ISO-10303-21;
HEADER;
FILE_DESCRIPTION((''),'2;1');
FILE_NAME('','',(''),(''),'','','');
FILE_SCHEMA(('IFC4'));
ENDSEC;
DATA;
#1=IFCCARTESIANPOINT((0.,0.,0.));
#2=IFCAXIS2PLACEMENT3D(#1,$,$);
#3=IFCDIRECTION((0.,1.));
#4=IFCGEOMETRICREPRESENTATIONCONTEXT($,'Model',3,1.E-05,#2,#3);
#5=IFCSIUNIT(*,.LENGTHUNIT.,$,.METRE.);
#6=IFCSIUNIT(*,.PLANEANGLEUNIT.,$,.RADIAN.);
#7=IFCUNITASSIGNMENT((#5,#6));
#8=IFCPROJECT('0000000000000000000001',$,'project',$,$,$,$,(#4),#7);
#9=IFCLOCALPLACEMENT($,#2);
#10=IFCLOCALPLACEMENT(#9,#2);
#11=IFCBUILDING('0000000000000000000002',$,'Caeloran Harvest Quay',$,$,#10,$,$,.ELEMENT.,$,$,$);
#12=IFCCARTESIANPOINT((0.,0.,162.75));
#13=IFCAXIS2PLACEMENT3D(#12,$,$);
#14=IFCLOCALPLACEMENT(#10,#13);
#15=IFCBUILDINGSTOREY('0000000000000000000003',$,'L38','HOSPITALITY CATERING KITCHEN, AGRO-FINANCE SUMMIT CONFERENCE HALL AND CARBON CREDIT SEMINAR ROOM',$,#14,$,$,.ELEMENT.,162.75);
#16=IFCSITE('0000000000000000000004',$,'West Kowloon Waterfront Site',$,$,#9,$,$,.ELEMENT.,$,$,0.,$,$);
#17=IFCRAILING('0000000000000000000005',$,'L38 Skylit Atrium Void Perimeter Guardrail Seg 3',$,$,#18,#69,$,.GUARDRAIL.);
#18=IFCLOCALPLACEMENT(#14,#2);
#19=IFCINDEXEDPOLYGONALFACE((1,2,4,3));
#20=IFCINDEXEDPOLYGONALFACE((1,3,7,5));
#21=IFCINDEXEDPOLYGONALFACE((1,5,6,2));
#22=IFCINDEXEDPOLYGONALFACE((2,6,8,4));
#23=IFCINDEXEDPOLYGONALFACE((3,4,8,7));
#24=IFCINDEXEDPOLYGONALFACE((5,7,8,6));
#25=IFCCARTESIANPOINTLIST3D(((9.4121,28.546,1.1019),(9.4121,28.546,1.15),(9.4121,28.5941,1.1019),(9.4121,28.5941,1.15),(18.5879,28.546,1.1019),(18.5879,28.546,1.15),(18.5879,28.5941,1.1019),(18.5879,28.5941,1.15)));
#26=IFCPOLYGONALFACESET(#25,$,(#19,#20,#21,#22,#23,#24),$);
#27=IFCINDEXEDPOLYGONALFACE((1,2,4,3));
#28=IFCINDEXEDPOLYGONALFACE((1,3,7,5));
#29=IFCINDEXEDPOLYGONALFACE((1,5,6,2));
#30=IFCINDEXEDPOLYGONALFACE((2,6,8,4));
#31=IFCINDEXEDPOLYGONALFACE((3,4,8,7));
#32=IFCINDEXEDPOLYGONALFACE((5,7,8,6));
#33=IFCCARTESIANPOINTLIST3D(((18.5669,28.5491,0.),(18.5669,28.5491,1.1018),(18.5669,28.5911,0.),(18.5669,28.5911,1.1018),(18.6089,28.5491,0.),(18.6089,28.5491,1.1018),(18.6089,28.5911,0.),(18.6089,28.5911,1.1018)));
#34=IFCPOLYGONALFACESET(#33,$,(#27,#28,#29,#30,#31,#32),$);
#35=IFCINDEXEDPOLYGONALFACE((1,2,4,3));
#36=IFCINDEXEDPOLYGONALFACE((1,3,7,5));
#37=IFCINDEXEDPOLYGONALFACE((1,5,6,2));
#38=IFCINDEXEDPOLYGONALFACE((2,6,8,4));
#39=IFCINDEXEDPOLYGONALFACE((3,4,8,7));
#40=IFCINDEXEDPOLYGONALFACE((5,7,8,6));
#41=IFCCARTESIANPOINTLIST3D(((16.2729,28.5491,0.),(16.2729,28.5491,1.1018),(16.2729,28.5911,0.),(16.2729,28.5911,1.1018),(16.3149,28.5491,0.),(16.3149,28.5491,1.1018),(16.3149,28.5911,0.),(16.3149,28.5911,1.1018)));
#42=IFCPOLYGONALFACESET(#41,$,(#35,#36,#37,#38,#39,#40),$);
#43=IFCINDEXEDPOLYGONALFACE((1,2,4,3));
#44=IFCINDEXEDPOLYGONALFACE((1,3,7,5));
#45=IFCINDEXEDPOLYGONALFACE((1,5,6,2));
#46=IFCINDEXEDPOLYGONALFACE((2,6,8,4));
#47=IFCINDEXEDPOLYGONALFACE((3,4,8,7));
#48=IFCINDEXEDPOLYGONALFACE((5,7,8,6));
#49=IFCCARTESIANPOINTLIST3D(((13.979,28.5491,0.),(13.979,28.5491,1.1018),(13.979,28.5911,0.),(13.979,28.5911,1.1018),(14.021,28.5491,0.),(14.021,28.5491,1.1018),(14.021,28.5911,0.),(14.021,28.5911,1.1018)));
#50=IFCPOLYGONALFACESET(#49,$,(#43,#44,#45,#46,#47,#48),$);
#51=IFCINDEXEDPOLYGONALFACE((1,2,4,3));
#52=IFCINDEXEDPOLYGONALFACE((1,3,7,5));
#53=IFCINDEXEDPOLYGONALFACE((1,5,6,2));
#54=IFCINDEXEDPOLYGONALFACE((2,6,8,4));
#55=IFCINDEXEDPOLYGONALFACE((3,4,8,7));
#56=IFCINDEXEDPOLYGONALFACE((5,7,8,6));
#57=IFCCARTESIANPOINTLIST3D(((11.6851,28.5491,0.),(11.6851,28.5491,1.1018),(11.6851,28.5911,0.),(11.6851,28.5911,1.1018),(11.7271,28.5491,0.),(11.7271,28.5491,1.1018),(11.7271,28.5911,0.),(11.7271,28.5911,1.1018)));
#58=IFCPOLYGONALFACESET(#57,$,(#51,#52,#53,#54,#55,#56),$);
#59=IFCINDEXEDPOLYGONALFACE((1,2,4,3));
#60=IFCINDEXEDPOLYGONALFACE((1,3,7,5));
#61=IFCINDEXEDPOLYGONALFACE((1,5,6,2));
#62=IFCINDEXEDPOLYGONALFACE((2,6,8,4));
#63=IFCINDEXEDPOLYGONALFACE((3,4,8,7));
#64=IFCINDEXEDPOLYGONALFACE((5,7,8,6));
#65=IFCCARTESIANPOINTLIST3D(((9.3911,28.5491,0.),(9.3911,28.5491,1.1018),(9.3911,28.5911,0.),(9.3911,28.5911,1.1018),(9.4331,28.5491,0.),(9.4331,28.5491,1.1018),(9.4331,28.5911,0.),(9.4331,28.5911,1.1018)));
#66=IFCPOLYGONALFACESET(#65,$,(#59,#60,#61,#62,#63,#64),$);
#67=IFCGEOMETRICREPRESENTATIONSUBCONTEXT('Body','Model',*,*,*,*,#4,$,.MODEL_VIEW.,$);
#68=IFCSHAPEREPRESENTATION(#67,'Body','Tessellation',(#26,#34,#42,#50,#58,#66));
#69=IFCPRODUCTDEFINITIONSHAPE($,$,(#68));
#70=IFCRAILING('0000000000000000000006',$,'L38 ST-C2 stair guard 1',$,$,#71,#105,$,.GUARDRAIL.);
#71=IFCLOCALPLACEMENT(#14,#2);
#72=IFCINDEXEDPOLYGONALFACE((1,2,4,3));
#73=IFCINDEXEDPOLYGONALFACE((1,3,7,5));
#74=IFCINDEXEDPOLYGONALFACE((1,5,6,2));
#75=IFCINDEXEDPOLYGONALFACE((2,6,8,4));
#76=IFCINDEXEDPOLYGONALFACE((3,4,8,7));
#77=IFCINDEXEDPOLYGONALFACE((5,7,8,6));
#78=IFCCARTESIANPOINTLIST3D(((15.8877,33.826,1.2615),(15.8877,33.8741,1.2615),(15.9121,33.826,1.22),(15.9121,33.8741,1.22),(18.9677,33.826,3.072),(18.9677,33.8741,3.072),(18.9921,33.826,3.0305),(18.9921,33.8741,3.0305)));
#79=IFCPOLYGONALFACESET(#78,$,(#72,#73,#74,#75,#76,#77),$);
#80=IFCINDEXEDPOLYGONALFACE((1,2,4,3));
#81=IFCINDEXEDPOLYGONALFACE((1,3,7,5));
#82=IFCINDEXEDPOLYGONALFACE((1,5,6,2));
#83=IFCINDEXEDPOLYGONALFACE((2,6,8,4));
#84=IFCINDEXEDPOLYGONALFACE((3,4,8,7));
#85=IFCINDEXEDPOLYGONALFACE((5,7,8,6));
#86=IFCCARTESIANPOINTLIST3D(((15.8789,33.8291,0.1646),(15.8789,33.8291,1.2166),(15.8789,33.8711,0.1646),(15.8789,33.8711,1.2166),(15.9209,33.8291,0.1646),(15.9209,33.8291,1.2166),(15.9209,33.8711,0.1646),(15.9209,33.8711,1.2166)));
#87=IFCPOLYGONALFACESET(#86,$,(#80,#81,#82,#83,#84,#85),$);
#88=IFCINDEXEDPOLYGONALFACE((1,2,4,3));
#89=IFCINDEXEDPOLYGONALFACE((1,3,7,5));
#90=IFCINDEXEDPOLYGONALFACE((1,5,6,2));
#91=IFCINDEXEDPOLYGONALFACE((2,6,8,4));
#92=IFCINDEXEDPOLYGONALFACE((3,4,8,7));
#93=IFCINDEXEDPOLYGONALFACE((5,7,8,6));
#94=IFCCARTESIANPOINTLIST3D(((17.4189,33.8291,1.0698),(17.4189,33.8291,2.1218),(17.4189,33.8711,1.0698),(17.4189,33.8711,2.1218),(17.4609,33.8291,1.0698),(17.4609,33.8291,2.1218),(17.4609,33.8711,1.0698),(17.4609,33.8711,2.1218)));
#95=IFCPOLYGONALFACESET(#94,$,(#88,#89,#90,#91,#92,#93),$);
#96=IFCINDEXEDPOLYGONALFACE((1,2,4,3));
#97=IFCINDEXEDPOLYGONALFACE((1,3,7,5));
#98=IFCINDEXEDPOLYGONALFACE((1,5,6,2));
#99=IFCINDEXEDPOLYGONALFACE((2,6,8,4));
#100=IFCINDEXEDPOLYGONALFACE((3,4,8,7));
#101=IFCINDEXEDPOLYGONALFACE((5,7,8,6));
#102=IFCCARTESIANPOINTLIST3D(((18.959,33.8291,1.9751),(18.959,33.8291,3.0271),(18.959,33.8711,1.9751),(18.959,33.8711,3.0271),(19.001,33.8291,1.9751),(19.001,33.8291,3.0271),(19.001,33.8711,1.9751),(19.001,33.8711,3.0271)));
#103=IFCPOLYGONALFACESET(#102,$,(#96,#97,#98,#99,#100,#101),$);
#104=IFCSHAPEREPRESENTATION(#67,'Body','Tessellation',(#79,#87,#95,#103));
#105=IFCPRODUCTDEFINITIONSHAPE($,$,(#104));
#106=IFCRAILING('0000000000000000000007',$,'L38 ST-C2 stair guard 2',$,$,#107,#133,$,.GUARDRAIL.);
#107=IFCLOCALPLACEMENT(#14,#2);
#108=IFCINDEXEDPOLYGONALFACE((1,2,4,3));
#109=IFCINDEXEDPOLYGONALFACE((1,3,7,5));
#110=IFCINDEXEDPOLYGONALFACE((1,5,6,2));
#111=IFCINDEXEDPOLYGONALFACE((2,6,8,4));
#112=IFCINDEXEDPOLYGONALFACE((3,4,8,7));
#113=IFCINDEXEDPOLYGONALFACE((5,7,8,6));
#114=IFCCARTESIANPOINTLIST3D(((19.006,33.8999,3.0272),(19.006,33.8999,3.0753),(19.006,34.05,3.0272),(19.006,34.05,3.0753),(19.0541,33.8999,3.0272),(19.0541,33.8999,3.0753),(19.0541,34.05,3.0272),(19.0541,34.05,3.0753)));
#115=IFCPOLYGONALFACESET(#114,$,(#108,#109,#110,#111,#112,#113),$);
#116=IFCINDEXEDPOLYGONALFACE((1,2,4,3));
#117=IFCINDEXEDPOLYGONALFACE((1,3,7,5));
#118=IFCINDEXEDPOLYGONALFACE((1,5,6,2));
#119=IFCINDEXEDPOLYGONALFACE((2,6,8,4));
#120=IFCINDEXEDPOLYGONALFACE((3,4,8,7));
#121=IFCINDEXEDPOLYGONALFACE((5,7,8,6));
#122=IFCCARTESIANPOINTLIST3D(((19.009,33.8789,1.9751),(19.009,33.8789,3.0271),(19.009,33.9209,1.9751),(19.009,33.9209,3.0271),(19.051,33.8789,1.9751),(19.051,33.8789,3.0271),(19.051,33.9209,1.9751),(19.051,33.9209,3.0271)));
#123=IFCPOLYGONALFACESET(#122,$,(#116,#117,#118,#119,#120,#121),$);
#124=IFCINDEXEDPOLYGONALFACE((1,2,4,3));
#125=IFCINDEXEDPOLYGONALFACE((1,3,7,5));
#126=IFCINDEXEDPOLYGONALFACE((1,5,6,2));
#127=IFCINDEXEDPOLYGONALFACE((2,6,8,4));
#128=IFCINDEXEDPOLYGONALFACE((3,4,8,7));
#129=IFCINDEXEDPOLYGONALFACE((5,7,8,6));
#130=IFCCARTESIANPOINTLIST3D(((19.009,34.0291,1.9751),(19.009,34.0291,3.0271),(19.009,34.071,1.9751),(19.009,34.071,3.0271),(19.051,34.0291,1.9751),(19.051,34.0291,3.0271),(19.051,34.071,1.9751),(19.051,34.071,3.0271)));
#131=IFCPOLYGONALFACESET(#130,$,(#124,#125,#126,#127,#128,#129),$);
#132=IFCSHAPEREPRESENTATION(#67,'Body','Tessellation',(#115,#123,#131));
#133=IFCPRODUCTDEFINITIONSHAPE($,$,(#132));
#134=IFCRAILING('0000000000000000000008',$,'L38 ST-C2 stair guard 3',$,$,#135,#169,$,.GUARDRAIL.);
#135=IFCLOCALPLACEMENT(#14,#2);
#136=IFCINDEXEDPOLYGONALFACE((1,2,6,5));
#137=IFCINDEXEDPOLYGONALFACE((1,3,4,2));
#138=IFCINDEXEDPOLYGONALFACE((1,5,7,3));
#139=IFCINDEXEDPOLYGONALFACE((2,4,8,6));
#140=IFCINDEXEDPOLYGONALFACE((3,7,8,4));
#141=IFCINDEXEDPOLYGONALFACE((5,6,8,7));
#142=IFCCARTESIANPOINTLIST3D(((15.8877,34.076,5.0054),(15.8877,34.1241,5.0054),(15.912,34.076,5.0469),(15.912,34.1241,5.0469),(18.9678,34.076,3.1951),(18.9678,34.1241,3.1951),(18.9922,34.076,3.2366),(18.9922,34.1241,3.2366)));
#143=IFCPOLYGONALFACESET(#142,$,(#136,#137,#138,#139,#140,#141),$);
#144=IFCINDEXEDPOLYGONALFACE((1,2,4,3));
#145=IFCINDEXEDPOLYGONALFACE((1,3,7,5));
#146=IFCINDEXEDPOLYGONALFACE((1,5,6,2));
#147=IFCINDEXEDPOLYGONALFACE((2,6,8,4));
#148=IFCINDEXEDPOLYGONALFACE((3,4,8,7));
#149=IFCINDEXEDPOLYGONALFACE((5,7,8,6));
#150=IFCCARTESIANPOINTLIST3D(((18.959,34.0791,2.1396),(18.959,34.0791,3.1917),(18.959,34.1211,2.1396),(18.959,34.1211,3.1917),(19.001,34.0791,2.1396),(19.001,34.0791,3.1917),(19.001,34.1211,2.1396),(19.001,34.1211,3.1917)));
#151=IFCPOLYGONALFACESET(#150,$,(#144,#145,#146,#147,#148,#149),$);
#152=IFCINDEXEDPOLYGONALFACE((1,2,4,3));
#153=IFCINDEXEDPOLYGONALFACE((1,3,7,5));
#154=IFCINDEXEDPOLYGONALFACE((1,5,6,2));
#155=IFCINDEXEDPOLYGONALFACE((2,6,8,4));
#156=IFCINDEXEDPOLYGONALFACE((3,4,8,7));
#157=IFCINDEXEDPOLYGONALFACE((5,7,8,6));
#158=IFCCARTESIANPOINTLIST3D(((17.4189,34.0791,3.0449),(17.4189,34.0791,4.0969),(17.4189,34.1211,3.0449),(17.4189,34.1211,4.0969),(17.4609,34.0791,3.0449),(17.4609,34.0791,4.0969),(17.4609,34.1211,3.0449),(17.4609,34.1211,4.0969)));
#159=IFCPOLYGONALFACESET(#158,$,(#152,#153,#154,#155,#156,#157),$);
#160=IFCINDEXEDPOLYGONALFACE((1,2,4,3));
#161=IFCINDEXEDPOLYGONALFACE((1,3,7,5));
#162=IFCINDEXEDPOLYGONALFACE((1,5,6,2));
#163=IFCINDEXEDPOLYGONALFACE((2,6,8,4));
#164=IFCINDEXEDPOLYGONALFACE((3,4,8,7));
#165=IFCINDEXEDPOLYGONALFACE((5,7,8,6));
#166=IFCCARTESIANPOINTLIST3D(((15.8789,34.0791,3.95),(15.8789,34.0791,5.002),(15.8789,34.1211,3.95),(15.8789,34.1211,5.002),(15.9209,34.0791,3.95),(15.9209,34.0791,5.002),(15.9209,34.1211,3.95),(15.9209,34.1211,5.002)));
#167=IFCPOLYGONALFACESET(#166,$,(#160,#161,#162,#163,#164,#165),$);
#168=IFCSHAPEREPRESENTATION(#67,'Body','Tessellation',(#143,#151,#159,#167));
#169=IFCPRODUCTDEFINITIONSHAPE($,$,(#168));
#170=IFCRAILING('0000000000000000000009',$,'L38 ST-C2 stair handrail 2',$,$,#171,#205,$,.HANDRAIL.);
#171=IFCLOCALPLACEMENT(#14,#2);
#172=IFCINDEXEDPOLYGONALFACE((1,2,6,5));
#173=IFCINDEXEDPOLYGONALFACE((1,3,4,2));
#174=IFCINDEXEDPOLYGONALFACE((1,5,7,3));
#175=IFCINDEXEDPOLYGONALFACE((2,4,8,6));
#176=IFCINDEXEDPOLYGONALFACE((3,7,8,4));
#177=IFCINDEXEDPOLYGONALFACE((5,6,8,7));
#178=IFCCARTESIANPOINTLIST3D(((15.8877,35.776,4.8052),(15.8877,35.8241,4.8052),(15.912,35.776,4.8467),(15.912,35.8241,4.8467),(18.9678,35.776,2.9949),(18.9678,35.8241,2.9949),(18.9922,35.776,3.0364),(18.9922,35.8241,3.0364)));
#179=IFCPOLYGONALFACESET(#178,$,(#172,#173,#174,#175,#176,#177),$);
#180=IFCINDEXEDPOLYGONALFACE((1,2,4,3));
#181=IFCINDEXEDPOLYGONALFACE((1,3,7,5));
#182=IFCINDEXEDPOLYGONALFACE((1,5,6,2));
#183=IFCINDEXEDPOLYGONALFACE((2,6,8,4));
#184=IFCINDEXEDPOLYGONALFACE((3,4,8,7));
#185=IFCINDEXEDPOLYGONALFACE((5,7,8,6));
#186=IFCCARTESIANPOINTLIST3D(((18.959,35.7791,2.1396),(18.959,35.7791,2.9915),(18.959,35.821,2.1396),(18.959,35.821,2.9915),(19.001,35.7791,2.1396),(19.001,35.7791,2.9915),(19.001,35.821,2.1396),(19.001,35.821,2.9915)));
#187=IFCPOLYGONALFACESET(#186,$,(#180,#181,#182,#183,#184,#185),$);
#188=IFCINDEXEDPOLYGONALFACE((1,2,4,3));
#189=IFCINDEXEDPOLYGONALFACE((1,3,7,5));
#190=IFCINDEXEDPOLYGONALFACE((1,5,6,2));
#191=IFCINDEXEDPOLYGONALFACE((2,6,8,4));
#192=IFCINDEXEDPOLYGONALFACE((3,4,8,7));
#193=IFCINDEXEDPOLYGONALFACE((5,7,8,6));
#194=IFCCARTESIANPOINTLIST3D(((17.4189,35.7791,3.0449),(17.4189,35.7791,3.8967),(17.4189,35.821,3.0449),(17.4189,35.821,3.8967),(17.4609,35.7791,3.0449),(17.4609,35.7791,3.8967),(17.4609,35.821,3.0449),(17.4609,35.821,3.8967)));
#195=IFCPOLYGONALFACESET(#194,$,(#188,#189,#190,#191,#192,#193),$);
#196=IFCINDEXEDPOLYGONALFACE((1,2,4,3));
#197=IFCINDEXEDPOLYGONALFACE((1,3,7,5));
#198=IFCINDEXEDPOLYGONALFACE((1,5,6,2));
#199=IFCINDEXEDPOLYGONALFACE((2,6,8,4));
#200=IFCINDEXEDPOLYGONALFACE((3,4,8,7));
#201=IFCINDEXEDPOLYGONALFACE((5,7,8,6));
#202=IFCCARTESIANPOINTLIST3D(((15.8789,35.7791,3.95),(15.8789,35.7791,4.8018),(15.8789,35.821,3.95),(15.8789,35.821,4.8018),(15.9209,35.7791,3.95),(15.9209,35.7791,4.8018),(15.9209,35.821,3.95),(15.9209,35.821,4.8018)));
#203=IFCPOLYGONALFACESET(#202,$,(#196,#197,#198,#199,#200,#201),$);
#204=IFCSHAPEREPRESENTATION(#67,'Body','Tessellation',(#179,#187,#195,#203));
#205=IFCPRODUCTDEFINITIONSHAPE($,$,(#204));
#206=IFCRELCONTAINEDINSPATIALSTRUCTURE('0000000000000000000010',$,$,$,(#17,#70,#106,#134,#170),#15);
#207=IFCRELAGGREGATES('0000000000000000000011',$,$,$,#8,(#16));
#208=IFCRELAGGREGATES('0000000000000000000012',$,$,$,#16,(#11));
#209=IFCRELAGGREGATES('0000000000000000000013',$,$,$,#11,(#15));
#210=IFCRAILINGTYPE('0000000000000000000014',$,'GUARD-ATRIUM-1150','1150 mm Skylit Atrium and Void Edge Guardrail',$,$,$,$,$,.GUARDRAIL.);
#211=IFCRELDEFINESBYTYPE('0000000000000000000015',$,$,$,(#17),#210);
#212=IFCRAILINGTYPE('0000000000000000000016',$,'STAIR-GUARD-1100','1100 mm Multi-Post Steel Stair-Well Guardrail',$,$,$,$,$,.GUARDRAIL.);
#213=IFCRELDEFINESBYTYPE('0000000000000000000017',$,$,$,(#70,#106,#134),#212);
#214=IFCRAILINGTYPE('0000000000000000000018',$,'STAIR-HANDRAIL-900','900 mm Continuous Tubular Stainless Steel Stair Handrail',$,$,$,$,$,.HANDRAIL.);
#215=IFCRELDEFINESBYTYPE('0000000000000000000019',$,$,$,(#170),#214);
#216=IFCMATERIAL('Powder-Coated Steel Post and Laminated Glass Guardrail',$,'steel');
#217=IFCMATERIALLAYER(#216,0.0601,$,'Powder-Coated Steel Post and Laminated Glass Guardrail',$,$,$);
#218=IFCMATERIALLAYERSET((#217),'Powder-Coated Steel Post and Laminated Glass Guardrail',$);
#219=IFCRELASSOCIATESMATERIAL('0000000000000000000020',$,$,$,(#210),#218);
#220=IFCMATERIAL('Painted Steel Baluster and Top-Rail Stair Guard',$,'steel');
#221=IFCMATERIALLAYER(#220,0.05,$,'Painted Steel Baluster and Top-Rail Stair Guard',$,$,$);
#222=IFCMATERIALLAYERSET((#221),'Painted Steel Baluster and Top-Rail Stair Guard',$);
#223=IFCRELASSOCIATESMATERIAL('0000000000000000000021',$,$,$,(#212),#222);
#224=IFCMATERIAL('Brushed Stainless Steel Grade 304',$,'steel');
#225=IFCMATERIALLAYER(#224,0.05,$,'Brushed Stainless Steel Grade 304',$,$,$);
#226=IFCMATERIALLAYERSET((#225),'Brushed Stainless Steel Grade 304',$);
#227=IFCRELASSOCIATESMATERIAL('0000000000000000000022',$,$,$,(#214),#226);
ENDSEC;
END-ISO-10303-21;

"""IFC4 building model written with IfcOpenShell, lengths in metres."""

from ifc_helpers import new_model, si_unit, direction, frame, origin, origin_2d, place, context, subcontext, project, spatial, rectangle, extrude, material, layer, layer_set, type_object, element, save


model = new_model("IFC4")

# Units and contexts
model_context = context("Model", 3, precision=1e-05, world=origin(), true_north=direction((0.0, 1.0)))
body_context = subcontext(model_context, "Body", "Model", "MODEL_VIEW")
ifc_project = project(units=[si_unit("LENGTHUNIT", "METRE"), si_unit("PLANEANGLEUNIT", "RADIAN")], contexts=[model_context])

# Site, building, storey
site_placement = place(None, origin())
site = spatial("IfcSite", under=ifc_project, at=site_placement, Name="West Kowloon Waterfront Site", CompositionType="ELEMENT", RefElevation=0.0)
building_placement = place(site_placement, origin())
building = spatial("IfcBuilding", under=site, at=building_placement, Name="Caeloran Harvest Quay", CompositionType="ELEMENT")
storey_placement = place(building_placement, frame((0.0, 0.0, 162.75)))
storey = spatial("IfcBuildingStorey", under=building, at=storey_placement, Name="L38", Description="HOSPITALITY CATERING KITCHEN, AGRO-FINANCE SUMMIT CONFERENCE HALL AND CARBON CREDIT SEMINAR ROOM", CompositionType="ELEMENT", Elevation=162.75)

# Railings
ifc_material_1 = material(Name="Powder-Coated Steel Post and Laminated Glass Guardrail", Category="steel")
ifc_layer_1 = layer(ifc_material_1, 0.0601, Name="Powder-Coated Steel Post and Laminated Glass Guardrail")
ifc_layer_set_1 = layer_set([ifc_layer_1], Name="Powder-Coated Steel Post and Laminated Glass Guardrail")
railing_type_1 = type_object("IfcRailingType", Name="GUARD-ATRIUM-1150", Description="1150 mm Skylit Atrium and Void Edge Guardrail", PredefinedType="GUARDRAIL", material=ifc_layer_set_1)
railing_1_placement = place(storey_placement, frame((18.5879, 28.5701, 0.0)))
element("IfcRailing", 1, at=railing_1_placement, inside=storey, type_object=railing_type_1, Name="L38 Skylit Atrium Void Perimeter Guardrail Seg 3", PredefinedType="GUARDRAIL", context=body_context, shape_type="SweptSolid", body=[
    extrude(rectangle(XDim=0.0481, YDim=0.0481, at=origin_2d()), frame((0.0, 0.0, 1.126), z_axis=(-1.0, 0.0, 0.0), x_axis=(0.0, -1.0, 0.0)), (0.0, 0.0, 1.0), 9.1758),
    extrude(rectangle(XDim=0.042, YDim=0.042, at=origin_2d()), origin(), (0.0, 0.0, 1.0), 1.1018),
    extrude(rectangle(XDim=0.042, YDim=0.042, at=origin_2d()), frame((-2.2939, 0.0, 0.0)), (0.0, 0.0, 1.0), 1.1018),
    extrude(rectangle(XDim=0.042, YDim=0.042, at=origin_2d()), frame((-4.5879, 0.0, 0.0)), (0.0, 0.0, 1.0), 1.1018),
    extrude(rectangle(XDim=0.042, YDim=0.042, at=origin_2d()), frame((-6.8818, 0.0, 0.0)), (0.0, 0.0, 1.0), 1.1018),
    extrude(rectangle(XDim=0.042, YDim=0.042, at=origin_2d()), frame((-9.1758, 0.0, 0.0)), (0.0, 0.0, 1.0), 1.1018),
])
ifc_material_2 = material(Name="Painted Steel Baluster and Top-Rail Stair Guard", Category="steel")
ifc_layer_2 = layer(ifc_material_2, 0.05, Name="Painted Steel Baluster and Top-Rail Stair Guard")
ifc_layer_set_2 = layer_set([ifc_layer_2], Name="Painted Steel Baluster and Top-Rail Stair Guard")
railing_type_2 = type_object("IfcRailingType", Name="STAIR-GUARD-1100", Description="1100 mm Multi-Post Steel Stair-Well Guardrail", PredefinedType="GUARDRAIL", material=ifc_layer_set_2)
railing_2_placement = place(storey_placement, frame((15.8999, 33.8501, 0.1646)))
element("IfcRailing", 2, at=railing_2_placement, inside=storey, type_object=railing_type_2, Name="L38 ST-C2 stair guard 1", PredefinedType="GUARDRAIL", context=body_context, shape_type="SweptSolid", body=[
    extrude(rectangle(XDim=0.0481, YDim=0.0481, at=origin_2d()), frame((0.0, 0.0, 1.0762), z_axis=(0.862089, 0.0, 0.506757), x_axis=(0.0, 1.0, 0.0)), (0.0, 0.0, 1.0), 3.5728),
    extrude(rectangle(XDim=0.042, YDim=0.042, at=origin_2d()), origin(), (0.0, 0.0, 1.0), 1.052),
    extrude(rectangle(XDim=0.042, YDim=0.042, at=origin_2d()), frame((1.54, 0.0, 0.9053)), (0.0, 0.0, 1.0), 1.052),
    extrude(rectangle(XDim=0.042, YDim=0.042, at=origin_2d()), frame((3.0801, 0.0, 1.8105)), (0.0, 0.0, 1.0), 1.052),
])
railing_3_placement = place(storey_placement, frame((19.03, 33.8999, 1.9751)))
element("IfcRailing", 3, at=railing_3_placement, inside=storey, type_object=railing_type_2, Name="L38 ST-C2 stair guard 2", PredefinedType="GUARDRAIL", context=body_context, shape_type="SweptSolid", body=[
    extrude(rectangle(XDim=0.0481, YDim=0.0481, at=origin_2d()), frame((0.0, 0.0, 1.0762), z_axis=(0.0, 1.0, 0.0), x_axis=(-1.0, 0.0, 0.0)), (0.0, 0.0, 1.0), 0.1501),
    extrude(rectangle(XDim=0.042, YDim=0.042, at=origin_2d()), origin(), (0.0, 0.0, 1.0), 1.052),
    extrude(rectangle(XDim=0.042, YDim=0.042, at=origin_2d()), frame((0.0, 0.1501, 0.0)), (0.0, 0.0, 1.0), 1.052),
])
railing_4_placement = place(storey_placement, frame((18.98, 34.1001, 2.1396)))
element("IfcRailing", 4, at=railing_4_placement, inside=storey, type_object=railing_type_2, Name="L38 ST-C2 stair guard 3", PredefinedType="GUARDRAIL", context=body_context, shape_type="SweptSolid", body=[
    extrude(rectangle(XDim=0.0481, YDim=0.0481, at=origin_2d()), frame((0.0, 0.0, 1.0762), z_axis=(-0.862119, 0.0, 0.506707), x_axis=(0.0, -1.0, 0.0)), (0.0, 0.0, 1.0), 3.5728),
    extrude(rectangle(XDim=0.042, YDim=0.042, at=origin_2d()), origin(), (0.0, 0.0, 1.0), 1.052),
    extrude(rectangle(XDim=0.042, YDim=0.042, at=origin_2d()), frame((-1.54, 0.0, 0.9053)), (0.0, 0.0, 1.0), 1.052),
    extrude(rectangle(XDim=0.042, YDim=0.042, at=origin_2d()), frame((-3.0801, 0.0, 1.8103)), (0.0, 0.0, 1.0), 1.052),
])
ifc_material_3 = material(Name="Brushed Stainless Steel Grade 304", Category="steel")
ifc_layer_3 = layer(ifc_material_3, 0.05, Name="Brushed Stainless Steel Grade 304")
ifc_layer_set_3 = layer_set([ifc_layer_3], Name="Brushed Stainless Steel Grade 304")
railing_type_3 = type_object("IfcRailingType", Name="STAIR-HANDRAIL-900", Description="900 mm Continuous Tubular Stainless Steel Stair Handrail", PredefinedType="HANDRAIL", material=ifc_layer_set_3)
railing_5_placement = place(storey_placement, frame((18.98, 35.8, 2.1396)))
element("IfcRailing", 5, at=railing_5_placement, inside=storey, type_object=railing_type_3, Name="L38 ST-C2 stair handrail 2", PredefinedType="HANDRAIL", context=body_context, shape_type="SweptSolid", body=[
    extrude(rectangle(XDim=0.0481, YDim=0.0481, at=origin_2d()), frame((0.0, 0.0, 0.876), z_axis=(-0.862119, 0.0, 0.506707), x_axis=(0.0, -1.0, 0.0)), (0.0, 0.0, 1.0), 3.5728),
    extrude(rectangle(XDim=0.042, YDim=0.042, at=origin_2d()), origin(), (0.0, 0.0, 1.0), 0.8518),
    extrude(rectangle(XDim=0.042, YDim=0.042, at=origin_2d()), frame((-1.54, 0.0, 0.9053)), (0.0, 0.0, 1.0), 0.8518),
    extrude(rectangle(XDim=0.042, YDim=0.042, at=origin_2d()), frame((-3.0801, 0.0, 1.8103)), (0.0, 0.0, 1.0), 0.8518),
])

save(model, "model.ifc")
